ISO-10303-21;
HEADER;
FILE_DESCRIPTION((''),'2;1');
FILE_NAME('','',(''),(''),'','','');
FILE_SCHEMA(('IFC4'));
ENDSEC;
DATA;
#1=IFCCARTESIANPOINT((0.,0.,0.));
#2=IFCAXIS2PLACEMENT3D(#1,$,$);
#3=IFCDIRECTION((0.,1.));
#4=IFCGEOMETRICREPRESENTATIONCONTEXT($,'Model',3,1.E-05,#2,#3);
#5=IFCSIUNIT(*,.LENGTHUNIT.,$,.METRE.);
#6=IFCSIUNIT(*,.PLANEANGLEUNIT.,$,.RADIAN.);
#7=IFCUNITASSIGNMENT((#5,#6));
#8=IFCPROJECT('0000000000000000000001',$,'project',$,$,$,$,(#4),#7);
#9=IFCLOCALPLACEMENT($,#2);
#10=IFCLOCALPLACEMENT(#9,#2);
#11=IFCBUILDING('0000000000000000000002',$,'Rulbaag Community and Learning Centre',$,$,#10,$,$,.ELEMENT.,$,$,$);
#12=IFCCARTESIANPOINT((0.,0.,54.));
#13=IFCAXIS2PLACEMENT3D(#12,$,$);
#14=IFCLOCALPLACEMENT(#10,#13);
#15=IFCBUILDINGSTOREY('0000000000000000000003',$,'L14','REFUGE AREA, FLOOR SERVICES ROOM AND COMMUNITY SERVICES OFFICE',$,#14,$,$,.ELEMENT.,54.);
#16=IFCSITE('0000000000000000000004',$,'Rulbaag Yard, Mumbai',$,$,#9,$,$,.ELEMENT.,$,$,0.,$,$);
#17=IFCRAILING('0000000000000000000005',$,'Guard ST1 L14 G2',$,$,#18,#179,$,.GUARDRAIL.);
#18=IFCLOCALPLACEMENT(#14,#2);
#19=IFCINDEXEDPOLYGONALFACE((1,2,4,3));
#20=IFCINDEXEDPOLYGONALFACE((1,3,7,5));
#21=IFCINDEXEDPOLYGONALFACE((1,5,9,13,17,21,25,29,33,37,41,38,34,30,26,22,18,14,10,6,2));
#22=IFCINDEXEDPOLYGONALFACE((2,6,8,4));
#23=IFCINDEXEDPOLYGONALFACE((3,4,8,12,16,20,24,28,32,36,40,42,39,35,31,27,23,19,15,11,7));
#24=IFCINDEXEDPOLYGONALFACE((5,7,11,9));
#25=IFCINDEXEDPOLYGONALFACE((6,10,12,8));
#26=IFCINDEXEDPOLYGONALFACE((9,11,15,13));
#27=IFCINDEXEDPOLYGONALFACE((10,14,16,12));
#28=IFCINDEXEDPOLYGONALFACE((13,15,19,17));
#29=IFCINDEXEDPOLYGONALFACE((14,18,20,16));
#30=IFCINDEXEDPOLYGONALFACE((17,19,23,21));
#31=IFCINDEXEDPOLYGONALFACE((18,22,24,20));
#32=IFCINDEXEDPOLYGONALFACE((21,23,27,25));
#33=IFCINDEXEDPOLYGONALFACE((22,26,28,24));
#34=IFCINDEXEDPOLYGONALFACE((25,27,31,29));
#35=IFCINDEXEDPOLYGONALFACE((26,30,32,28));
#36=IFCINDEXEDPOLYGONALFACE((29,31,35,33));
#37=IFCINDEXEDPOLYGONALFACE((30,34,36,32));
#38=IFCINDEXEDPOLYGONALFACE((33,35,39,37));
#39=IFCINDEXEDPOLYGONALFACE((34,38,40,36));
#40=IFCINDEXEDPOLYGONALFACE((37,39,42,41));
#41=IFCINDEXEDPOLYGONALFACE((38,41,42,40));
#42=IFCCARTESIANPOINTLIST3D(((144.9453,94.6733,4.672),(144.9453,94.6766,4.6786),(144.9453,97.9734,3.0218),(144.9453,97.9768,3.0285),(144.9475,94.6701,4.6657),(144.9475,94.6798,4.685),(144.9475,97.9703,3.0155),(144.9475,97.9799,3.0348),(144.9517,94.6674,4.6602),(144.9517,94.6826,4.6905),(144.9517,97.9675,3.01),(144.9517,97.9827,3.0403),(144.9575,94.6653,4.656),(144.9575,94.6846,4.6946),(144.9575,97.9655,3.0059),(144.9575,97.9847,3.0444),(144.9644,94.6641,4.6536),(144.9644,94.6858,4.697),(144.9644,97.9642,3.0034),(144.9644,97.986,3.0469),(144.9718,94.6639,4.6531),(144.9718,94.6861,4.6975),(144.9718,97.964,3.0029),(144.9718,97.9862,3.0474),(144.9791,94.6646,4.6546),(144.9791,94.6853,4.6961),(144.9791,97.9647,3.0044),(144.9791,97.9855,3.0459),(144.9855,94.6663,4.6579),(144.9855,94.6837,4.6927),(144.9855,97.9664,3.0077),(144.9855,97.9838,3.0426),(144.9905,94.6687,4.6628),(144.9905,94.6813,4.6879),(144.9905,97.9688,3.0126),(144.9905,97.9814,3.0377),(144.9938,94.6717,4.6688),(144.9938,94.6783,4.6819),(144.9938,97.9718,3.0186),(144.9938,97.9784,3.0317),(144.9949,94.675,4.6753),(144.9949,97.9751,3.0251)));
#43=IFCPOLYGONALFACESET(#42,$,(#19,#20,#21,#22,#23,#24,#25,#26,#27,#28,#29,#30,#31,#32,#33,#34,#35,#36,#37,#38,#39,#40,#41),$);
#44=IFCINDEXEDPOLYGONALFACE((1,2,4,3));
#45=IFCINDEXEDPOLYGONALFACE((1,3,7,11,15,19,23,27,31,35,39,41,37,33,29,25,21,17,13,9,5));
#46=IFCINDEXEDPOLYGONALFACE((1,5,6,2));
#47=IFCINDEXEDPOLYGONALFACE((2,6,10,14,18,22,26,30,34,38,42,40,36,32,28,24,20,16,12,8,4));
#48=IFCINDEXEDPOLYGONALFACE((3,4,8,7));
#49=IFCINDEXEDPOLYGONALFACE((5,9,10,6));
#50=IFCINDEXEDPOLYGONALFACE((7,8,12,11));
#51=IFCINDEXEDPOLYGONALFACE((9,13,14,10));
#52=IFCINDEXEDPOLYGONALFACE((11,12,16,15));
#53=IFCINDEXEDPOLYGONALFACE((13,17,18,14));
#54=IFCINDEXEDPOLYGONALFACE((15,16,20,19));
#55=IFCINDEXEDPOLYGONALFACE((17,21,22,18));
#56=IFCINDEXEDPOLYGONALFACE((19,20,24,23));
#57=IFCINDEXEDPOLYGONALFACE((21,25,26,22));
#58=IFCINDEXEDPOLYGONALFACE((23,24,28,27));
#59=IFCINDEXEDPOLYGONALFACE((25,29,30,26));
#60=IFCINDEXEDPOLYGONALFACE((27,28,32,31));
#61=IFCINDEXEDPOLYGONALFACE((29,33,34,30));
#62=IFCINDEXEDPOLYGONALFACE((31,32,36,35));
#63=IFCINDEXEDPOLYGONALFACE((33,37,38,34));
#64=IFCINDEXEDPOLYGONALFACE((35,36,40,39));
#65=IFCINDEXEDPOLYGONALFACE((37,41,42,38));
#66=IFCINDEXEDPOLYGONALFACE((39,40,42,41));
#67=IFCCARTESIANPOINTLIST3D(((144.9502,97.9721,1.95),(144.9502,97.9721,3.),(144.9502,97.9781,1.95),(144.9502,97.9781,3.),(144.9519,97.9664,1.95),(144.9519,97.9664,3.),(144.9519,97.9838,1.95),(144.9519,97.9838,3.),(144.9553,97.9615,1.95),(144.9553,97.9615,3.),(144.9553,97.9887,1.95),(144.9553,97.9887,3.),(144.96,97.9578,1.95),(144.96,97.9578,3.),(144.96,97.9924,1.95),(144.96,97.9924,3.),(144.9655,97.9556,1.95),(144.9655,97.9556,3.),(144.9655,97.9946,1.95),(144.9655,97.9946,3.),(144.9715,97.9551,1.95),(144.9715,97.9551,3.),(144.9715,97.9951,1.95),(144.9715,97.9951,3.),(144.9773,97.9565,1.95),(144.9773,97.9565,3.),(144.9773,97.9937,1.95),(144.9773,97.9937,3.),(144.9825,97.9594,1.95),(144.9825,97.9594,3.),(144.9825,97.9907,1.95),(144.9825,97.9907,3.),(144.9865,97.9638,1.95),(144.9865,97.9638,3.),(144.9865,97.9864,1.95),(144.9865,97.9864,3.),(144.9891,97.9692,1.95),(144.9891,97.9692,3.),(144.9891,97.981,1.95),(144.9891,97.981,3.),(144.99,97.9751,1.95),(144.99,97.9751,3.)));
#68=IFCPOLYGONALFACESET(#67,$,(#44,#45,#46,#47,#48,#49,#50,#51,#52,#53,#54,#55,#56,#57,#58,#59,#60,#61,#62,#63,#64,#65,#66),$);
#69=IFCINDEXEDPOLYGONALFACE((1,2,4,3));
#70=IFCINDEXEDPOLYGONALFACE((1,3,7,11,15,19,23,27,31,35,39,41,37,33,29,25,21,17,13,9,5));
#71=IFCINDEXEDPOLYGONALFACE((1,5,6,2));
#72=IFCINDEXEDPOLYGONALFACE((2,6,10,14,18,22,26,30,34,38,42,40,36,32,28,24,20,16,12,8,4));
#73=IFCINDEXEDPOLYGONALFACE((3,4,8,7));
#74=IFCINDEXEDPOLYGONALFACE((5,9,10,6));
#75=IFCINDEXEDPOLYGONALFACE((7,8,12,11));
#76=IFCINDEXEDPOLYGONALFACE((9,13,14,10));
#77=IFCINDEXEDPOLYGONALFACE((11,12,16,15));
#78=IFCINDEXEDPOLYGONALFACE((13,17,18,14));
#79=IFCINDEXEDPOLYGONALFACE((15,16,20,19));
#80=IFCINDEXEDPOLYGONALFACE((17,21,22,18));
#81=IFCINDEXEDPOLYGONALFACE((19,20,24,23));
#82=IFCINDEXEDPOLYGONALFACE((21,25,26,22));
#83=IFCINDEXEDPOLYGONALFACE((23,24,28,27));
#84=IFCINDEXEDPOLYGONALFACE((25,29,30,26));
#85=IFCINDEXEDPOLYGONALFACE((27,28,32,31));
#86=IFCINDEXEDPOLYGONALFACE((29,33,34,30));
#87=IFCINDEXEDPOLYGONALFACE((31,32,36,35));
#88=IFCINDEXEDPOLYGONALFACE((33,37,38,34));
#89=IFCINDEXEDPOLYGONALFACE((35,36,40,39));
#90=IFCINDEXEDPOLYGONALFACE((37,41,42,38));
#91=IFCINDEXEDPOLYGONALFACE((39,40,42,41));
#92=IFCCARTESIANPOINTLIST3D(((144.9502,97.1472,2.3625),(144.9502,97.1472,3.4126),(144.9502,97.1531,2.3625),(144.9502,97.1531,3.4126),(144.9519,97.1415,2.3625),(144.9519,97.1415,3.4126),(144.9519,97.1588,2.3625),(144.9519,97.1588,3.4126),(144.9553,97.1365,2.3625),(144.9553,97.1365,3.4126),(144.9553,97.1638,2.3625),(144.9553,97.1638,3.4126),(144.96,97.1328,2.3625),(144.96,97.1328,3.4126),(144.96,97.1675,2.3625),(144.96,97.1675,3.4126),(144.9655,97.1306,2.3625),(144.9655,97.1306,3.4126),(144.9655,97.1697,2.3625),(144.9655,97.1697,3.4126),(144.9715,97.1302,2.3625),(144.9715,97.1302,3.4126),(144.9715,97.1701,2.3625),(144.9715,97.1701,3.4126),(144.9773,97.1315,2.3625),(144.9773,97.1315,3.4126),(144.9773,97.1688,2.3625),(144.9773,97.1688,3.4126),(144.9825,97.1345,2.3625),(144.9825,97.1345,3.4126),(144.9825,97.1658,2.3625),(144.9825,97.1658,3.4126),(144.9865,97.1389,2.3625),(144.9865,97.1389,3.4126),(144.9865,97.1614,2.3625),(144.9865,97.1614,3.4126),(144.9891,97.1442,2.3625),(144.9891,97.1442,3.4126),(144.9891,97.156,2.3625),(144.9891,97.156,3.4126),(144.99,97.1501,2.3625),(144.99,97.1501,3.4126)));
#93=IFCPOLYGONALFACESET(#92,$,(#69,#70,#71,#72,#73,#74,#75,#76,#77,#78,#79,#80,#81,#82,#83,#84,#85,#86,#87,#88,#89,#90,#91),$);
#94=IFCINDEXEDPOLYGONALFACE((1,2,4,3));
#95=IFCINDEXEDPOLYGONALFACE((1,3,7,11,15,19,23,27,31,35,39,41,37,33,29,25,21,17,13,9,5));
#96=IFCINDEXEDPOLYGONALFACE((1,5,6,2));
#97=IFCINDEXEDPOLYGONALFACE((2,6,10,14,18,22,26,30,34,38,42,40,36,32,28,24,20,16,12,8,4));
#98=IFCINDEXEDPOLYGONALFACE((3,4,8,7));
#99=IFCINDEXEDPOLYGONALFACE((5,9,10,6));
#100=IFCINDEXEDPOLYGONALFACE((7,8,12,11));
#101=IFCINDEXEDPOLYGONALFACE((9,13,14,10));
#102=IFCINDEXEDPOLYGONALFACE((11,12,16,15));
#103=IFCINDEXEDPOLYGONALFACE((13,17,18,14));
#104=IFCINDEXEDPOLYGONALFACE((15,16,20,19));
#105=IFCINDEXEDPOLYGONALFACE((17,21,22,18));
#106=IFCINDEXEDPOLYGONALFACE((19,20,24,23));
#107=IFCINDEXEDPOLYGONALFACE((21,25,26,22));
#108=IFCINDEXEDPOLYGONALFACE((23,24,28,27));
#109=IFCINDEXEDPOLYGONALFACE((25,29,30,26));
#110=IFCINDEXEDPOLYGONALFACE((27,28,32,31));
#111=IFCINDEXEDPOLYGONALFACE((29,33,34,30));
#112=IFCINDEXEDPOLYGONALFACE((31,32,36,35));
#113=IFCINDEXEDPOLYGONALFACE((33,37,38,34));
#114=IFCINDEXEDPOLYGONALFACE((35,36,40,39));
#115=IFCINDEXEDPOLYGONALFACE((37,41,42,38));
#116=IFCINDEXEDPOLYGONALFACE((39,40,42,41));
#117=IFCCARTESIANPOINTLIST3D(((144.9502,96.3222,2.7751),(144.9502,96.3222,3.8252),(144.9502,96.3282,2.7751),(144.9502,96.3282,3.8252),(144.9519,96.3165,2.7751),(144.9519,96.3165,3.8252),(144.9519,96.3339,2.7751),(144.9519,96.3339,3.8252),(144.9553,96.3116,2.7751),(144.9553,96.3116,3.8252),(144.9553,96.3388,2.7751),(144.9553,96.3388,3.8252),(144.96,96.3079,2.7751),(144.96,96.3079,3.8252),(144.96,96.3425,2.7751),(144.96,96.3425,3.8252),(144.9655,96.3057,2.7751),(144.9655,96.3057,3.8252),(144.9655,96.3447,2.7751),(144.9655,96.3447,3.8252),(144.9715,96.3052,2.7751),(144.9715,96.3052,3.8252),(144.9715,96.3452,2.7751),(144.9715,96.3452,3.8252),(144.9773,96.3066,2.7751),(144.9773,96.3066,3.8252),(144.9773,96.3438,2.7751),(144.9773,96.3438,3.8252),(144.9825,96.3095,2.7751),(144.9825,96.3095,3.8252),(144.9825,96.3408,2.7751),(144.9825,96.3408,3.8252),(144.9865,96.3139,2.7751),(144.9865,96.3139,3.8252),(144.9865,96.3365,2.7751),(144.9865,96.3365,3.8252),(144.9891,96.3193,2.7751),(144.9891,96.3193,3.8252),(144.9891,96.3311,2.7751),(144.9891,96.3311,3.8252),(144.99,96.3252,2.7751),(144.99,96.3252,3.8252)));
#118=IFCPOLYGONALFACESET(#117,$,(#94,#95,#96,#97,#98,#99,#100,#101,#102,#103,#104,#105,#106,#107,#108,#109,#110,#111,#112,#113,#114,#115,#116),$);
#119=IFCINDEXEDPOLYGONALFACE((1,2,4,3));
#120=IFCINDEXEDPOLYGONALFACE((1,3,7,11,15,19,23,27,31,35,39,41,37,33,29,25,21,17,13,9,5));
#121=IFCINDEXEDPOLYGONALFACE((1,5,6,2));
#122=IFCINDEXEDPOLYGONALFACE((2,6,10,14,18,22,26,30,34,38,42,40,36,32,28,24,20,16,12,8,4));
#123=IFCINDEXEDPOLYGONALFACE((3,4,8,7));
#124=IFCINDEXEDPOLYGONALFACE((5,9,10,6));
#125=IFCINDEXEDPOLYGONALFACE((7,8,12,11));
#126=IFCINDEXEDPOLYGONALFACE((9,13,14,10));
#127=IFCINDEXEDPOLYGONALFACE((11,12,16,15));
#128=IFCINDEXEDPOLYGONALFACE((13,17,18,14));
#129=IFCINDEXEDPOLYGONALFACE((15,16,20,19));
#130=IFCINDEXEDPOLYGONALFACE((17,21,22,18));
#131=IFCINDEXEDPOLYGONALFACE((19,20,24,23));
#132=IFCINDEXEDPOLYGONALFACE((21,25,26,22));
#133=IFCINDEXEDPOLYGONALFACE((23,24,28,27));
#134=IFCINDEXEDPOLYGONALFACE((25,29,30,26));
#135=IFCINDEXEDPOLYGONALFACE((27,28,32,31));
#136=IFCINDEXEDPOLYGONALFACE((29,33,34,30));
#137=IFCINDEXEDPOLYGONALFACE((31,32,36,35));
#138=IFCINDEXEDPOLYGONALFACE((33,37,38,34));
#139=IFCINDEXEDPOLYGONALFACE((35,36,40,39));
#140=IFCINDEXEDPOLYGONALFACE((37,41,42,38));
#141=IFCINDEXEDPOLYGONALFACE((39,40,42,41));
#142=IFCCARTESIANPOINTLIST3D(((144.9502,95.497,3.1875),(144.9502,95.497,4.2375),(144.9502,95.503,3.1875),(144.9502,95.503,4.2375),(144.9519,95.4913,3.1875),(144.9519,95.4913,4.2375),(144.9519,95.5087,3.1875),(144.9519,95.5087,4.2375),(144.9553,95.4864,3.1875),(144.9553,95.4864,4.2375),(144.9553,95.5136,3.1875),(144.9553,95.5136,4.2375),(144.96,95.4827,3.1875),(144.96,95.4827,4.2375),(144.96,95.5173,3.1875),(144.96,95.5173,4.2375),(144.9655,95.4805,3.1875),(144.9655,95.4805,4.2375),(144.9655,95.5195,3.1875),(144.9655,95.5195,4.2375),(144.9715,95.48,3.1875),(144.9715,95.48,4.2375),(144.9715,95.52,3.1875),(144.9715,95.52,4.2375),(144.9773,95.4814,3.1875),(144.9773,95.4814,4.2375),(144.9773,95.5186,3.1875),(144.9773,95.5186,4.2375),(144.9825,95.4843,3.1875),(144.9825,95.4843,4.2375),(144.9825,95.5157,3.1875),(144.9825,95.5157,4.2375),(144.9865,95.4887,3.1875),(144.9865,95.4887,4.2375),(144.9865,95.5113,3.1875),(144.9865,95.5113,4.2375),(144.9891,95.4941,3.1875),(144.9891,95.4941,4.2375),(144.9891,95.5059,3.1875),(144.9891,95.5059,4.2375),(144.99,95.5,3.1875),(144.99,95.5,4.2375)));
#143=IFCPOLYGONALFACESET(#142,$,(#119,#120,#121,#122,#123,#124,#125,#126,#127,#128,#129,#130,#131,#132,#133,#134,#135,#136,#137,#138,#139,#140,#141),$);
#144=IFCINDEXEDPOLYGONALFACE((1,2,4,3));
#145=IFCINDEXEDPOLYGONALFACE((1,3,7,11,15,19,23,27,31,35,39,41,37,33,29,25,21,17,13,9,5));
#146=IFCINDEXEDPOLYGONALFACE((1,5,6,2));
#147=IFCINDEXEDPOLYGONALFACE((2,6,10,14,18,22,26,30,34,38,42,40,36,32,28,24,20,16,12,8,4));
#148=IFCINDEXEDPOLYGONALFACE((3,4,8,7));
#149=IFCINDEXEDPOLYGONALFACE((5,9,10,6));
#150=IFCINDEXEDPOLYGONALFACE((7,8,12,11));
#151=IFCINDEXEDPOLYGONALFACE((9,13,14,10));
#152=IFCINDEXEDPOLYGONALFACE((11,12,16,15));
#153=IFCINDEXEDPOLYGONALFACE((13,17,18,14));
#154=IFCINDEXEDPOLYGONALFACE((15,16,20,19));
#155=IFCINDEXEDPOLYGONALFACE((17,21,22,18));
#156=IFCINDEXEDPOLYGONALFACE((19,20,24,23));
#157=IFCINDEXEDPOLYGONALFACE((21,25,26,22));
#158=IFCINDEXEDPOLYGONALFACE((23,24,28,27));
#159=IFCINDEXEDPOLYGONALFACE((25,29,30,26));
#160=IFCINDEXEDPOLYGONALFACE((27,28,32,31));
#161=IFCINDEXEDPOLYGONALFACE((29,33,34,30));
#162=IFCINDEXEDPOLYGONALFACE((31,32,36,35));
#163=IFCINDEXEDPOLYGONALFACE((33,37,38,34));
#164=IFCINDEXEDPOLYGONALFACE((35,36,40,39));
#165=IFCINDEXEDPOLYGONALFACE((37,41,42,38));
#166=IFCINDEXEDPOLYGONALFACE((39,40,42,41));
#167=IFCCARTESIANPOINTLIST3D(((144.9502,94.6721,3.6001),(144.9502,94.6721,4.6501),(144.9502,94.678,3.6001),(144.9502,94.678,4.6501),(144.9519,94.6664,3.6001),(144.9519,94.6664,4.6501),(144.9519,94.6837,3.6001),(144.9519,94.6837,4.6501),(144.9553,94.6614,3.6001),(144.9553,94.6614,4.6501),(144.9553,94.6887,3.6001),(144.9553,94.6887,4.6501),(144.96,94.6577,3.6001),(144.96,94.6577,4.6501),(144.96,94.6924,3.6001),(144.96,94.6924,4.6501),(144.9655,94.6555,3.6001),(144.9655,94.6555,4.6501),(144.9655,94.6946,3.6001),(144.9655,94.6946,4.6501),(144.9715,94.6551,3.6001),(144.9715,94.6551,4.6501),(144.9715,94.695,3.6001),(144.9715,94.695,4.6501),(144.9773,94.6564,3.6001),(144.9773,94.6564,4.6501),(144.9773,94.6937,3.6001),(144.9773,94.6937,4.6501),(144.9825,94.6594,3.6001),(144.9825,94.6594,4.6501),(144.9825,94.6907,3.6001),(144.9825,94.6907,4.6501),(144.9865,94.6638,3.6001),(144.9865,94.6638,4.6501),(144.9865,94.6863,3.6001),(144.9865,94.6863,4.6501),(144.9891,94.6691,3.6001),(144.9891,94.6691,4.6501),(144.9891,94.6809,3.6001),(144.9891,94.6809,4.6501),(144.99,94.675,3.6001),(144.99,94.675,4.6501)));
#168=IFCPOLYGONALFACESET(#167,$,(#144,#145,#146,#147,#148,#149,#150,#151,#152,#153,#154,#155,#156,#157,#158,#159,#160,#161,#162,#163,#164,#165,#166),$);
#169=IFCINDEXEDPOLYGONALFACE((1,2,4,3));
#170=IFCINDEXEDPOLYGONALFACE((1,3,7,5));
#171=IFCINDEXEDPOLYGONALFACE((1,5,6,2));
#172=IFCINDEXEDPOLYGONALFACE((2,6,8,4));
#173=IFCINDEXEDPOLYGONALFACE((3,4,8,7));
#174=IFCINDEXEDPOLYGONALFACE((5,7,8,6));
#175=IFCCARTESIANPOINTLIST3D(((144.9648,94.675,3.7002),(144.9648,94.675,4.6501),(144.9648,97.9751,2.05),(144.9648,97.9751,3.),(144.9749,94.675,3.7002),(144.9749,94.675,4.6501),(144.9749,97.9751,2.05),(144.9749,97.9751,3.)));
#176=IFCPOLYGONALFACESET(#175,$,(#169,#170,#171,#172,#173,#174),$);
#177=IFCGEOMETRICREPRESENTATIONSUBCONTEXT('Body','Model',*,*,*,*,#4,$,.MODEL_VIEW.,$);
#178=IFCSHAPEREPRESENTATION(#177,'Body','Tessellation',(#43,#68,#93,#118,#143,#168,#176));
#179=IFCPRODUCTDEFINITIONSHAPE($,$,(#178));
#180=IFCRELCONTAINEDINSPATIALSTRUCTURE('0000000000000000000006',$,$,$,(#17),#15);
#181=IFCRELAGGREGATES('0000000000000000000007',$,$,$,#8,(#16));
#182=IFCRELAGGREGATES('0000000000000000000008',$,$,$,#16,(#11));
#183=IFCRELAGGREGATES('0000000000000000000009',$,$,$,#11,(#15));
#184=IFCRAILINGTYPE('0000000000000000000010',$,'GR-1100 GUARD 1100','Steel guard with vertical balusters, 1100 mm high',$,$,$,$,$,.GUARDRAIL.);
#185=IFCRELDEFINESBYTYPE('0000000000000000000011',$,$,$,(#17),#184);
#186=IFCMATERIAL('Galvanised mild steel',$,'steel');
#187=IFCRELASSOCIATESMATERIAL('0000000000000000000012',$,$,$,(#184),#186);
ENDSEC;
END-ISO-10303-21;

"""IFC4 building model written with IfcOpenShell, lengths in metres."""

from ifc_helpers import new_model, si_unit, direction, frame, origin, origin_2d, place, context, subcontext, project, spatial, polyline, circle, outline, extrude, material, type_object, element, save


model = new_model("IFC4")

# Units and contexts
model_context = context("Model", 3, precision=1e-05, world=origin(), true_north=direction((0.0, 1.0)))
body_context = subcontext(model_context, "Body", "Model", "MODEL_VIEW")
ifc_project = project(units=[si_unit("LENGTHUNIT", "METRE"), si_unit("PLANEANGLEUNIT", "RADIAN")], contexts=[model_context])

# Site, building, storey
site_placement = place(None, origin())
site = spatial("IfcSite", under=ifc_project, at=site_placement, Name="Rulbaag Yard, Mumbai", CompositionType="ELEMENT", RefElevation=0.0)
building_placement = place(site_placement, origin())
building = spatial("IfcBuilding", under=site, at=building_placement, Name="Rulbaag Community and Learning Centre", CompositionType="ELEMENT")
storey_placement = place(building_placement, frame((0.0, 0.0, 54.0)))
storey = spatial("IfcBuildingStorey", under=building, at=storey_placement, Name="L14", Description="REFUGE AREA, FLOOR SERVICES ROOM AND COMMUNITY SERVICES OFFICE", CompositionType="ELEMENT", Elevation=54.0)

# Railing
ifc_material_1 = material(Name="Galvanised mild steel", Category="steel")
railing_type = type_object("IfcRailingType", Name="GR-1100 GUARD 1100", Description="Steel guard with vertical balusters, 1100 mm high", PredefinedType="GUARDRAIL", material=ifc_material_1)
railing_placement = place(storey_placement, frame((144.97, 97.9751, 1.95)))
element("IfcRailing", 1, at=railing_placement, inside=storey, type_object=railing_type, Name="Guard ST1 L14 G2", PredefinedType="GUARDRAIL", context=body_context, shape_type="SweptSolid", body=[
    extrude(circle(Radius=0.0249, at=origin_2d()), frame((0.0, 0.0, 1.0752), z_axis=(0.0, -0.894414, 0.44724), x_axis=(1.0, 0.0, 0.0)), (0.0, 0.0, 1.0), 3.6897),
    extrude(circle(Radius=0.02, at=origin_2d()), origin(), (0.0, 0.0, 1.0), 1.05),
    extrude(circle(Radius=0.02, at=origin_2d()), frame((0.0, -0.825, 0.4126)), (0.0, 0.0, 1.0), 1.05),
    extrude(circle(Radius=0.02, at=origin_2d()), frame((0.0, -1.6499, 0.8252)), (0.0, 0.0, 1.0), 1.05),
    extrude(circle(Radius=0.02, at=origin_2d()), frame((0.0, -2.4751, 1.2375)), (0.0, 0.0, 1.0), 1.05),
    extrude(circle(Radius=0.02, at=origin_2d()), frame((0.0, -3.3, 1.6501)), (0.0, 0.0, 1.0), 1.05),
    extrude(outline(polyline([(0.0, 0.0), (3.3, 1.6501), (3.3, 2.6001), (0.0, 0.95), (0.0, 0.0)])), frame((0.0049, 0.0, 0.1001), z_axis=(-1.0, 0.0, 0.0), x_axis=(0.0, -1.0, 0.0)), (0.0, 0.0, 1.0), 0.01),
])

save(model, "model.ifc")
